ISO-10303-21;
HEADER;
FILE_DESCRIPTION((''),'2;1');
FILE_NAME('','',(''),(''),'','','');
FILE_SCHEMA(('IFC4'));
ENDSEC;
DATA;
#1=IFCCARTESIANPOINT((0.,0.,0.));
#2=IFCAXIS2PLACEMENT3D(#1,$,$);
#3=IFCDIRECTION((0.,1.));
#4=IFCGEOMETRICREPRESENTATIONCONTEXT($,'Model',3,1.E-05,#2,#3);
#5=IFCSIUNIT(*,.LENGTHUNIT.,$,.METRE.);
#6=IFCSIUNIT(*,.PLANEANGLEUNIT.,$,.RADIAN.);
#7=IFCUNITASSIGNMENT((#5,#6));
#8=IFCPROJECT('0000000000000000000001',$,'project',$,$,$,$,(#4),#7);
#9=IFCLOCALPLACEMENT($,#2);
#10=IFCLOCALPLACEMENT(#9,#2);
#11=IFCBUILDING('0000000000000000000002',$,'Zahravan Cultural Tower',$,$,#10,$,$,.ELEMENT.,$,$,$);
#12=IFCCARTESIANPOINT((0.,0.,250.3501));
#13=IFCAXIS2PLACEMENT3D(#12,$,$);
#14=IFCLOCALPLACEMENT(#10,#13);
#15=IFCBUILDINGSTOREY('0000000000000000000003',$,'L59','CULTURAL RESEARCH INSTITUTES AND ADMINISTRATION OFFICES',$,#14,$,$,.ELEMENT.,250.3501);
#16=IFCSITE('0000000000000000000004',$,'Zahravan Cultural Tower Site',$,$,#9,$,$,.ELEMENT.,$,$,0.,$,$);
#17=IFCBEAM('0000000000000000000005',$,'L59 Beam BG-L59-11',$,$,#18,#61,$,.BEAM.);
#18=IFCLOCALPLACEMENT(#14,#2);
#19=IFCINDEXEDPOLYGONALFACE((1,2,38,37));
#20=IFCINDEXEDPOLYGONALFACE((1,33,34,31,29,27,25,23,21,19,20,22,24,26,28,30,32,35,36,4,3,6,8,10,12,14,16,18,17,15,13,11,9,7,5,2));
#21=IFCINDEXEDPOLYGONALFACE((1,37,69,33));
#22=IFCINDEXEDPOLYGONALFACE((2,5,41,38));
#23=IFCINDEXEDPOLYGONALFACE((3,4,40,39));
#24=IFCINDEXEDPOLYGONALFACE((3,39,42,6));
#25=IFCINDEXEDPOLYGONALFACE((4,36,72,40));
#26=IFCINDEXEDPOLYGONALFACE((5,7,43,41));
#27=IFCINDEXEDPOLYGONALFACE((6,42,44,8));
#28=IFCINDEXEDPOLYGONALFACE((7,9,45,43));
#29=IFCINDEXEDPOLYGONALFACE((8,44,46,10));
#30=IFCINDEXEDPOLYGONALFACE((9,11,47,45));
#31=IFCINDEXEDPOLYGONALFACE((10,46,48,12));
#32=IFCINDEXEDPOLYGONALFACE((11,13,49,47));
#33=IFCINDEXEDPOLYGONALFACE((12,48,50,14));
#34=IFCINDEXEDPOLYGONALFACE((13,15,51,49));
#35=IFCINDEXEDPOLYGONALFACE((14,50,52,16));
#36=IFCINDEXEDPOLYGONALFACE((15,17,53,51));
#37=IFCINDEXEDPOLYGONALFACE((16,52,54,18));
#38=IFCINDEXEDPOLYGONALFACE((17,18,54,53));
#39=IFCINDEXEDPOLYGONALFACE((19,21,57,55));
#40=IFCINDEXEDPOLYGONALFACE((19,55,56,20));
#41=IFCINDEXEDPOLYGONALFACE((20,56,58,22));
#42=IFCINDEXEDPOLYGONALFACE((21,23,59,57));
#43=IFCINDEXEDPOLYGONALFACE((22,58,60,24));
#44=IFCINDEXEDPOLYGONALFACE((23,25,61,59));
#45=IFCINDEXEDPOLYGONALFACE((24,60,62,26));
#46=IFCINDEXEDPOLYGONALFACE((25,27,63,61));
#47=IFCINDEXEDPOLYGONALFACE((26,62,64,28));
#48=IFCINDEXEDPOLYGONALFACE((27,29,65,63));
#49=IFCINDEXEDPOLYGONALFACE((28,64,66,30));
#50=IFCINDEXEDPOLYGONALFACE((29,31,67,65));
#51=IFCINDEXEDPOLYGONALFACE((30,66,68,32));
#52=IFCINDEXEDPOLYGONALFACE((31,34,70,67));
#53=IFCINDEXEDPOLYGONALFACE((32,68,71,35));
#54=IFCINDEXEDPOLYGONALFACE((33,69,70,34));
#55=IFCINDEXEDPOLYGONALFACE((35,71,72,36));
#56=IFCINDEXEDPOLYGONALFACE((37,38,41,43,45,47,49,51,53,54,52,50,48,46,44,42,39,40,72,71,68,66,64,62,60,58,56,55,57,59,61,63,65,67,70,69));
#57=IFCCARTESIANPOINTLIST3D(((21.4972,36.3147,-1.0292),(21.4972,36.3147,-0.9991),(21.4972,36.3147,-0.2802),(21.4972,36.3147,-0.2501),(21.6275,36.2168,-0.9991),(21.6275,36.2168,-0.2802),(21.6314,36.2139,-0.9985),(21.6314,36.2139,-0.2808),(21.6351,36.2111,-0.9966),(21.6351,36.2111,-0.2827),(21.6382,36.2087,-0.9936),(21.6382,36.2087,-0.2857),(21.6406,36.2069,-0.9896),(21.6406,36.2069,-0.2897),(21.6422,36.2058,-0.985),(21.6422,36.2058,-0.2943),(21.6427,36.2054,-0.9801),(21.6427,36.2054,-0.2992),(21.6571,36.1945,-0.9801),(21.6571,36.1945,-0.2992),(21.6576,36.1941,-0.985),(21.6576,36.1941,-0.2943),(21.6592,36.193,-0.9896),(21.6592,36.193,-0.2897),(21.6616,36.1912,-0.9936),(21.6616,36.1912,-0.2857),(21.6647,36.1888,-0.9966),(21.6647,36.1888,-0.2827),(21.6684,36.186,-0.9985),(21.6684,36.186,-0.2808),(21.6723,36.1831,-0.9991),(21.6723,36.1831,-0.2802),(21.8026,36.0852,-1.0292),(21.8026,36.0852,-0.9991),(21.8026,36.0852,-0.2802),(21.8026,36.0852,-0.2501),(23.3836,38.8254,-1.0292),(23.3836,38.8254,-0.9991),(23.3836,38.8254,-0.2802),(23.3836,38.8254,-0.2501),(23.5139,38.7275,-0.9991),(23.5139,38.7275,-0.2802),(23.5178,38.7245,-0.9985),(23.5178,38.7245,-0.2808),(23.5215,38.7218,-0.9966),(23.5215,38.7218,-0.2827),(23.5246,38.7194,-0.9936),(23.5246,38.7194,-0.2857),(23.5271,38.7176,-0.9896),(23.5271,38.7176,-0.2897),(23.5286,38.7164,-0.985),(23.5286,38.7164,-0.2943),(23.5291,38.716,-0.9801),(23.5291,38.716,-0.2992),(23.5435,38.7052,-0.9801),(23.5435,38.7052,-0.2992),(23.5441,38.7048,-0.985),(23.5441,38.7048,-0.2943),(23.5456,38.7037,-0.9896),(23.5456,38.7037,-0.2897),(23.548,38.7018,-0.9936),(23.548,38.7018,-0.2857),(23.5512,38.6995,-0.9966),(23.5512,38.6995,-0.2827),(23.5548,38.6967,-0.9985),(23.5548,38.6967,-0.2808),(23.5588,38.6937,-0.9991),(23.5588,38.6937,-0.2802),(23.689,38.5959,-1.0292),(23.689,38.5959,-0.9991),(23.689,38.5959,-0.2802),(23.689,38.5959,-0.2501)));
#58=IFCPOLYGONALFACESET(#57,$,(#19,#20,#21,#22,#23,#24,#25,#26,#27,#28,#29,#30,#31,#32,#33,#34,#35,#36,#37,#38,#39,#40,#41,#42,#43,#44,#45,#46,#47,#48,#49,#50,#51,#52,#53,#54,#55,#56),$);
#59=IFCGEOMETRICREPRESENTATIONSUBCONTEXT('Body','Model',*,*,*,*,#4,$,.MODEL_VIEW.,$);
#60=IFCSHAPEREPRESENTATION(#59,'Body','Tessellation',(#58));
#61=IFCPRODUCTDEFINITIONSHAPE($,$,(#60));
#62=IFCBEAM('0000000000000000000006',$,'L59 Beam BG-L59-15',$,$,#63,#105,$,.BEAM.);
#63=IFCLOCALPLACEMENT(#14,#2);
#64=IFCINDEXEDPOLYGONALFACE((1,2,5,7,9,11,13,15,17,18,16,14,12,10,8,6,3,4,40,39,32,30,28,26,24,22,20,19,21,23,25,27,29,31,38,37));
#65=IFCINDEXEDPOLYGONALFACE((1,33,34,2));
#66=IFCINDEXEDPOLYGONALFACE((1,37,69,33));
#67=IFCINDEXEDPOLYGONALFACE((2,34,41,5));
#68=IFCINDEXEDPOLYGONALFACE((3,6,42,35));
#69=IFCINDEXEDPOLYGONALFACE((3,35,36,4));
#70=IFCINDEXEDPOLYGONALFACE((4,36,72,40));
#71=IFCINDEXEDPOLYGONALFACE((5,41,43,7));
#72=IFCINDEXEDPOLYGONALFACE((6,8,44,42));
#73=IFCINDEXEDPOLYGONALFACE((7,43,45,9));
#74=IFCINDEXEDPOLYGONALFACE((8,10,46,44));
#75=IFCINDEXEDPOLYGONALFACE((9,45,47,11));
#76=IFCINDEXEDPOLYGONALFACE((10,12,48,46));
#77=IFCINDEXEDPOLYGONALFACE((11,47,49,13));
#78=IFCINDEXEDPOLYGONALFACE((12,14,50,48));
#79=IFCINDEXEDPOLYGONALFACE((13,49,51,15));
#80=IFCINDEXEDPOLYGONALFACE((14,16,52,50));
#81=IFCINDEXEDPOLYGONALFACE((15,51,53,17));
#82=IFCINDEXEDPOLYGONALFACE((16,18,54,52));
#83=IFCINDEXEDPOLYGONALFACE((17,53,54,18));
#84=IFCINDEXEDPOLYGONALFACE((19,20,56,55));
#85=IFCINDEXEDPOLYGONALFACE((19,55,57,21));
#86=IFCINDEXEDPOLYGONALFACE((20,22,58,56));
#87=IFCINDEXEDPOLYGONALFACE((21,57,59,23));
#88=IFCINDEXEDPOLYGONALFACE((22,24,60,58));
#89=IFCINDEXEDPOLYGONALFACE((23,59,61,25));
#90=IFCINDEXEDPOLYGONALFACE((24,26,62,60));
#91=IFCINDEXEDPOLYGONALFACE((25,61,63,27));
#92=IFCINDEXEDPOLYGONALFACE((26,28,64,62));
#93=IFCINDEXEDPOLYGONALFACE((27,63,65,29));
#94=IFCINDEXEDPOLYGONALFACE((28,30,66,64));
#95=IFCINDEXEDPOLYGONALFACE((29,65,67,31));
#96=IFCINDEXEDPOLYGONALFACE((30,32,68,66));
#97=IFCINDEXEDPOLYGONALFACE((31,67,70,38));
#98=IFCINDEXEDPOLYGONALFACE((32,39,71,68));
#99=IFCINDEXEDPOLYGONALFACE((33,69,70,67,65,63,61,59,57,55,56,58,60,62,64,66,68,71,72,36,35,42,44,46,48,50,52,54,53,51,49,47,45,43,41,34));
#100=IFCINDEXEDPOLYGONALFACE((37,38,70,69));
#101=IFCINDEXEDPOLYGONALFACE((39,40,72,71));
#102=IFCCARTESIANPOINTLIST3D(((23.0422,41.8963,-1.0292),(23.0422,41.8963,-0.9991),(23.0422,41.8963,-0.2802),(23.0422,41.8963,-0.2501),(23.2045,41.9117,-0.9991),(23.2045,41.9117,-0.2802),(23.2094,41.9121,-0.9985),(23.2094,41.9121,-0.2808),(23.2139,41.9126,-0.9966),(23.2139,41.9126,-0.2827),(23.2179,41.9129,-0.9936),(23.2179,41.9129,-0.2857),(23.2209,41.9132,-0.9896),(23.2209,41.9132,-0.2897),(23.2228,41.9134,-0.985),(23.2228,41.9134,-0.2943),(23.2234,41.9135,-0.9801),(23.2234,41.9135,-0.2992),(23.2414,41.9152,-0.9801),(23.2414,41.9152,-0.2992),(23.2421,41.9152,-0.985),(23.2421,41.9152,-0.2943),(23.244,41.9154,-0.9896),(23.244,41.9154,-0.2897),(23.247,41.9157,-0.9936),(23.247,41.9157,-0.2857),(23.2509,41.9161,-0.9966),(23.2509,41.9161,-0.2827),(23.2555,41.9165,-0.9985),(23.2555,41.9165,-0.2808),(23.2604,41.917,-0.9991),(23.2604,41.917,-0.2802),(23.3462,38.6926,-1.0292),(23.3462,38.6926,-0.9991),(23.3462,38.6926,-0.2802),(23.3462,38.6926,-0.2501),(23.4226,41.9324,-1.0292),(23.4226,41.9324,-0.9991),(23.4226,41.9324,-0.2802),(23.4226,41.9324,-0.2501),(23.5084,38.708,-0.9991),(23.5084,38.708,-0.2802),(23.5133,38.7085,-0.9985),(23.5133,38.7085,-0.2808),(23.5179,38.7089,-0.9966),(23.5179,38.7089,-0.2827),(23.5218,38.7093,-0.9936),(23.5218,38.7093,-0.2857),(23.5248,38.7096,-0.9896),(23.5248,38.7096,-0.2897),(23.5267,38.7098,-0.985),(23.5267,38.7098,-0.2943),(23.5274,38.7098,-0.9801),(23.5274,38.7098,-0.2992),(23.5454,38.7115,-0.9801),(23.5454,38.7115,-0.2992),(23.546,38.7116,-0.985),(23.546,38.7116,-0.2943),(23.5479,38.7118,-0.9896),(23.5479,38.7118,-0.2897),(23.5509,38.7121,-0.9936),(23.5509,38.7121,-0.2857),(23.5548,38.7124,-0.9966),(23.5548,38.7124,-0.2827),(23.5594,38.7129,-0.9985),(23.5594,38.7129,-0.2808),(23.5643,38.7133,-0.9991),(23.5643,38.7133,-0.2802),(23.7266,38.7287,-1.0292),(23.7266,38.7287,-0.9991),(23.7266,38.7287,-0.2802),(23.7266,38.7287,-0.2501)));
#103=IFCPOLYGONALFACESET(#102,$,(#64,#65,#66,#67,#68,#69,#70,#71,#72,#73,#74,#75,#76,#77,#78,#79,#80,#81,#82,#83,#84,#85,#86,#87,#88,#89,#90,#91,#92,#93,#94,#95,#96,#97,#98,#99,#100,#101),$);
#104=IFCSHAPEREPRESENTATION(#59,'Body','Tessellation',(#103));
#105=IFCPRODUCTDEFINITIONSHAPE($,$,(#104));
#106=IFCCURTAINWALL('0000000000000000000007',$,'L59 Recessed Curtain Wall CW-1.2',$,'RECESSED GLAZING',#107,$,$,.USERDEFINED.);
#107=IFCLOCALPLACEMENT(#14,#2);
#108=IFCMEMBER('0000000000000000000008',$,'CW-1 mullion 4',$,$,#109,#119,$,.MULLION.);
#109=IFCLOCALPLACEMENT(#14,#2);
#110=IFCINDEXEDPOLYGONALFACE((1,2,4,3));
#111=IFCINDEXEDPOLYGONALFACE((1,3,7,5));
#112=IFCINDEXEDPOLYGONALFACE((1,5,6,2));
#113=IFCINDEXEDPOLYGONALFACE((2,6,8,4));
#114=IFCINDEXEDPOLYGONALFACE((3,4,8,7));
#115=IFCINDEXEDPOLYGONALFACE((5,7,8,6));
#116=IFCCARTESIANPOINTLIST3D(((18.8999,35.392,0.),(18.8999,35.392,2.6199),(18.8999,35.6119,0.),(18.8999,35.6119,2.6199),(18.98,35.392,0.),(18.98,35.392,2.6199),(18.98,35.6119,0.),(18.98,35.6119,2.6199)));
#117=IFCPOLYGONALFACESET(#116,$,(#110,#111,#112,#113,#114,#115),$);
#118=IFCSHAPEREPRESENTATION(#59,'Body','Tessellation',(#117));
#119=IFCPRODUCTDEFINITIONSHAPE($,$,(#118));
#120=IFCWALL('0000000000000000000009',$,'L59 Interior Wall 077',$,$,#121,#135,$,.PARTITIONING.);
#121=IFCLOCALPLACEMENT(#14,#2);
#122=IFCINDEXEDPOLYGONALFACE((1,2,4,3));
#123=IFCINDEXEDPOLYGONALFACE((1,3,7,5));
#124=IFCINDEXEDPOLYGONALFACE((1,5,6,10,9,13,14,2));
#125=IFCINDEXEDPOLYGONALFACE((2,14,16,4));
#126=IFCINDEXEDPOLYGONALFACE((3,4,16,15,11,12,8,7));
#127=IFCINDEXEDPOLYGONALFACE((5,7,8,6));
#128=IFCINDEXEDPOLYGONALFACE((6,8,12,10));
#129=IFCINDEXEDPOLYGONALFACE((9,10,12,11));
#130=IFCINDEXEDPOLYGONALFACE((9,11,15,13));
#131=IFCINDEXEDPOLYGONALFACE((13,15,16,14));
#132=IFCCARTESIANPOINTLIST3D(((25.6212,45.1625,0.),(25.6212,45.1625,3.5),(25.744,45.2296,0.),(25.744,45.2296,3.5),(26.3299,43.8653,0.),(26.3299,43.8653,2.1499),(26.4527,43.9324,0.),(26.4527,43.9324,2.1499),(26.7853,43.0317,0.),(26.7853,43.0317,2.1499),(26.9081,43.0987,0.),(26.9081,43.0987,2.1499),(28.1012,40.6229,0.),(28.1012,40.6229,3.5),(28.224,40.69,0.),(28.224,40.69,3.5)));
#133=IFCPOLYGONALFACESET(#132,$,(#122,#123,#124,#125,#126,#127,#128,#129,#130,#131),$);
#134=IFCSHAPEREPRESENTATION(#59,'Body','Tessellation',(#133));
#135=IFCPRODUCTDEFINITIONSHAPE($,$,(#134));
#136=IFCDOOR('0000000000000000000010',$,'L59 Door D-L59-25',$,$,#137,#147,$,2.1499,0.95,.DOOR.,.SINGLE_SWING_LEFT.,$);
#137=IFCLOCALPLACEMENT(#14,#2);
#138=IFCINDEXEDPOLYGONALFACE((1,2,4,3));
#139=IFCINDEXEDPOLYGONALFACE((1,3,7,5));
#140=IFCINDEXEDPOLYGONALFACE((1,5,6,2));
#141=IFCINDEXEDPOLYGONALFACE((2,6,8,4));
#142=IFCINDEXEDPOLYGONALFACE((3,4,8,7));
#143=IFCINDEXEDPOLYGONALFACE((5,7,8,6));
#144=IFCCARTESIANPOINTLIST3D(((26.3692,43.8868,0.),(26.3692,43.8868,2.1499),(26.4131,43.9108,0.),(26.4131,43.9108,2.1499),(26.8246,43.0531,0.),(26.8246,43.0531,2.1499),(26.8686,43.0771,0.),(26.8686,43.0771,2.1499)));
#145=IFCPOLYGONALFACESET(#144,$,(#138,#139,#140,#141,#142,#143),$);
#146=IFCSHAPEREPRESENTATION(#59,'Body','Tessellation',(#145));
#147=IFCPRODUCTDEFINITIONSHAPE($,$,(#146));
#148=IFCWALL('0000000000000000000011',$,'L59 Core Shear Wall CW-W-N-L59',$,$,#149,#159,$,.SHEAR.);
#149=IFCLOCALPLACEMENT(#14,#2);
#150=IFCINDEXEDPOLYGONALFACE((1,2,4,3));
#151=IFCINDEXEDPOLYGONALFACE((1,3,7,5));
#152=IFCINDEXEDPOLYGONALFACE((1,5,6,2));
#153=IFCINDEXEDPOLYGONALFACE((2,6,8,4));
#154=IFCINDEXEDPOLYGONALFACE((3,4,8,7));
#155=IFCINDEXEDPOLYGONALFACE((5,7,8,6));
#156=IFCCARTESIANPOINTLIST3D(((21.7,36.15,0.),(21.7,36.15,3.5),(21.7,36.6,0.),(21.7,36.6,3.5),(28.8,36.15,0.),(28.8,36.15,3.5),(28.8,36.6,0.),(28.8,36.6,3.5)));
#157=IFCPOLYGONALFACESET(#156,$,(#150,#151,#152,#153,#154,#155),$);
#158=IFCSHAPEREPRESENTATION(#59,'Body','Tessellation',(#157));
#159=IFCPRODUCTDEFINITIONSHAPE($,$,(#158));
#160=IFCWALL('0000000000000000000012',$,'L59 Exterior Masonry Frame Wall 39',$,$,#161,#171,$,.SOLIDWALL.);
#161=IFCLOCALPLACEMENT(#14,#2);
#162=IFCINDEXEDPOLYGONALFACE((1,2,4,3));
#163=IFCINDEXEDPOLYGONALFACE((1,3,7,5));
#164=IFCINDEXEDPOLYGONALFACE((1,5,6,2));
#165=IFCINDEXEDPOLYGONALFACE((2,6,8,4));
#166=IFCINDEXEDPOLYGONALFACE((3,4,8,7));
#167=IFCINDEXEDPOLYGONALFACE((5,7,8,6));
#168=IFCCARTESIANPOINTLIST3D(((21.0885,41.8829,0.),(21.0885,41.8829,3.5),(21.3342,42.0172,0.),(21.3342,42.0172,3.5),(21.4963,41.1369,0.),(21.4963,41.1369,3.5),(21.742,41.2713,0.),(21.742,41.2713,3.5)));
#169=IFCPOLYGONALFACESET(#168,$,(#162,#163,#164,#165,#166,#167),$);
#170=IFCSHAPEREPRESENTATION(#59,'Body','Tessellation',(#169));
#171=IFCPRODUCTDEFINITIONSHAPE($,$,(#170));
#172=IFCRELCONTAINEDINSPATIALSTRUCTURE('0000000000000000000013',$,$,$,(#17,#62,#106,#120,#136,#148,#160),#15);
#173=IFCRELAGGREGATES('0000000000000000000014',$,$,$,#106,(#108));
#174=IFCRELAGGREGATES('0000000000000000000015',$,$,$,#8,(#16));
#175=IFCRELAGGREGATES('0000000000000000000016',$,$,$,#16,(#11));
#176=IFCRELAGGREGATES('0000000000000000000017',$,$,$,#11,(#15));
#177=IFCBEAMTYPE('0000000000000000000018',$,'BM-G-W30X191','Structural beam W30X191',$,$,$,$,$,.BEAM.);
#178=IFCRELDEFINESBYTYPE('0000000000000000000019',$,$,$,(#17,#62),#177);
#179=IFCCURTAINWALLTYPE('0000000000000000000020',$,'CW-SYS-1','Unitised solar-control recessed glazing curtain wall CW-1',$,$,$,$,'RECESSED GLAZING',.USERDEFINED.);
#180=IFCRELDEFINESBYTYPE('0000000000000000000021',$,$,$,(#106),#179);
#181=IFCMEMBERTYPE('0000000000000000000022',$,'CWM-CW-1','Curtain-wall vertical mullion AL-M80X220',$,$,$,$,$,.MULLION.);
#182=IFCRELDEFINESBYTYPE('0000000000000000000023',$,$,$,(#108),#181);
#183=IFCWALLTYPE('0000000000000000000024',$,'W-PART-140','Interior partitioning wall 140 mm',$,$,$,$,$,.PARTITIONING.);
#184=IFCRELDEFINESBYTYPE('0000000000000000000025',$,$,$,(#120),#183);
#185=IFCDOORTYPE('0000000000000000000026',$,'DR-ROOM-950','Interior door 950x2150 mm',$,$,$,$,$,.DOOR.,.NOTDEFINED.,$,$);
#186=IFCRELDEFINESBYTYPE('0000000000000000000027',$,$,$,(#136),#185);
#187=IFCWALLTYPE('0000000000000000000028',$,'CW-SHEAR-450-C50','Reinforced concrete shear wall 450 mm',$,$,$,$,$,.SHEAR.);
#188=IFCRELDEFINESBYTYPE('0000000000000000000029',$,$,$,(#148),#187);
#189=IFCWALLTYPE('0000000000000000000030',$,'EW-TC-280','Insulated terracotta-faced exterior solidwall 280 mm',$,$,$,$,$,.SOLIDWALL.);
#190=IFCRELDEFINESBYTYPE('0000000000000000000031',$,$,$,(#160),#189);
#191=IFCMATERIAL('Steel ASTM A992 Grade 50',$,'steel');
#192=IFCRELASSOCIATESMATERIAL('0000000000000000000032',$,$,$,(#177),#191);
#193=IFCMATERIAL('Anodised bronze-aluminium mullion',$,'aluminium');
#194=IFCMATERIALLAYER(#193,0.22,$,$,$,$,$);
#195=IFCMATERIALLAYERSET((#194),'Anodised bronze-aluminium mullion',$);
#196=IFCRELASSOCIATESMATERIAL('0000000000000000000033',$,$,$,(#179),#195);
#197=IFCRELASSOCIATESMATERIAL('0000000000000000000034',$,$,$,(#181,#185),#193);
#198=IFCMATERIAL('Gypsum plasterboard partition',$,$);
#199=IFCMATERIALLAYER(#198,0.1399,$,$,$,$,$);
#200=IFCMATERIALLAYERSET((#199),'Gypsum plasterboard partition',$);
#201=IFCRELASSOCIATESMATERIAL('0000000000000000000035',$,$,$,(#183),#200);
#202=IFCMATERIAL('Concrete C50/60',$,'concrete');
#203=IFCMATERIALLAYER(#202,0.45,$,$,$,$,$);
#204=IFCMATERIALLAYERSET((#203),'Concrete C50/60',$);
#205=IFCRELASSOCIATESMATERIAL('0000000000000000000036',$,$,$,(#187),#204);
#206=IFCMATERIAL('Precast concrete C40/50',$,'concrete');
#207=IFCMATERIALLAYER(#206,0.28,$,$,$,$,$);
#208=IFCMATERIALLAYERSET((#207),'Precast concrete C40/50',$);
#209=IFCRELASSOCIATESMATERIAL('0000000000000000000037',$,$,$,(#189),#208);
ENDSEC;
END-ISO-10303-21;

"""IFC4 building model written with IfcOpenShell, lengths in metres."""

from ifc_helpers import new_model, si_unit, direction, frame, frame_2d, origin, origin_2d, place, context, subcontext, project, spatial, rectangle, i_section, extrude, source, transform, mapped, material, layer, layer_set, material_profile, profile_set, type_object, element, fill, aggregate, save


model = new_model("IFC4")

# Units and contexts
model_context = context("Model", 3, precision=1e-05, world=origin(), true_north=direction((0.0, 1.0)))
body_context = subcontext(model_context, "Body", "Model", "MODEL_VIEW")
ifc_project = project(units=[si_unit("LENGTHUNIT", "METRE"), si_unit("PLANEANGLEUNIT", "RADIAN")], contexts=[model_context])

# Site, building, storey
site_placement = place(None, origin())
site = spatial("IfcSite", under=ifc_project, at=site_placement, Name="Zahravan Cultural Tower Site", CompositionType="ELEMENT", RefElevation=0.0)
building_placement = place(site_placement, origin())
building = spatial("IfcBuilding", under=site, at=building_placement, Name="Zahravan Cultural Tower", CompositionType="ELEMENT")
storey_placement = place(building_placement, frame((0.0, 0.0, 250.3501)))
storey = spatial("IfcBuildingStorey", under=building, at=storey_placement, Name="L59", Description="CULTURAL RESEARCH INSTITUTES AND ADMINISTRATION OFFICES", CompositionType="ELEMENT", Elevation=250.3501)

# Shared definitions
ifc_material_1 = material(Name="Concrete C50/60", Category="concrete")
ifc_material_2 = material(Name="Steel ASTM A992 Grade 50", Category="steel")

# Beams
ifc_material_profile_1 = material_profile(ifc_material_2, i_section(OverallWidth=0.3821, OverallDepth=0.7791, WebThickness=0.0181, FlangeThickness=0.03, FilletRadius=0.019, at=origin_2d()), Name="W30X191")
ifc_profile_set_1 = profile_set([ifc_material_profile_1], Name="Steel ASTM A992 Grade 50")
beam_type_1 = type_object("IfcBeamType", Name="BM-G-W30X191", Description="Structural beam W30X191", PredefinedType="BEAM", material=ifc_profile_set_1)
shared_shape_1 = source(origin(), body_context, "Body", "SweptSolid", [
    extrude(i_section(OverallWidth=0.3821, OverallDepth=0.7791, WebThickness=0.0181, FlangeThickness=0.03, FilletRadius=0.019, at=origin_2d()), origin(), (0.0, 0.0, 1.0), 3.1404),
])
beam_1_placement = place(storey_placement, frame((21.6499, 36.2, -0.6396), z_axis=(0.600696, 0.799477, 0.0), x_axis=(-0.799477, 0.600696, 0.0)))
element("IfcBeam", 1, at=beam_1_placement, inside=storey, type_object=beam_type_1, Name="L59 Beam BG-L59-11", PredefinedType="BEAM", context=body_context, shape_type="MappedRepresentation", body=[
    mapped(shared_shape_1, transform((0.0, 0.0, 0.0), x_axis=(1.0, 0.0, 0.0), y_axis=(0.0, 1.0, 0.0), z_axis=(0.0, 0.0, 1.0), scale=1.0)),
])
shared_shape_2 = source(origin(), body_context, "Body", "SweptSolid", [
    extrude(i_section(OverallWidth=0.3821, OverallDepth=0.7791, WebThickness=0.0181, FlangeThickness=0.03, FilletRadius=0.019, at=origin_2d()), origin(), (0.0, 0.0, 1.0), 3.218),
])
beam_2_placement = place(storey_placement, frame((23.5364, 38.7107, -0.6396), z_axis=(-0.094455, 0.995529, 0.0), x_axis=(-0.995529, -0.094455, 0.0)))
element("IfcBeam", 2, at=beam_2_placement, inside=storey, type_object=beam_type_1, Name="L59 Beam BG-L59-15", PredefinedType="BEAM", context=body_context, shape_type="MappedRepresentation", body=[
    mapped(shared_shape_2, transform((0.0, 0.0, 0.0), x_axis=(1.0, 0.0, 0.0), y_axis=(0.0, 1.0, 0.0), z_axis=(0.0, 0.0, 1.0), scale=1.0)),
])

# Curtain wall, member
ifc_material_3 = material(Name="Anodised bronze-aluminium mullion", Category="aluminium")
ifc_layer_1 = layer(ifc_material_3, 0.22)
ifc_layer_set_1 = layer_set([ifc_layer_1], Name="Anodised bronze-aluminium mullion")
curtain_wall_type = type_object("IfcCurtainWallType", Name="CW-SYS-1", Description="Unitised solar-control recessed glazing curtain wall CW-1", ElementType="RECESSED GLAZING", PredefinedType="USERDEFINED", material=ifc_layer_set_1)
curtain_wall_placement = place(storey_placement, origin())
curtain_wall = element("IfcCurtainWall", 3, at=curtain_wall_placement, inside=storey, type_object=curtain_wall_type, Name="L59 Recessed Curtain Wall CW-1.2", ObjectType="RECESSED GLAZING", PredefinedType="USERDEFINED")
ifc_material_profile_2 = material_profile(ifc_material_3, rectangle(XDim=0.0801, YDim=0.22, at=origin_2d()), Name="AL-M80X220")
ifc_profile_set_2 = profile_set([ifc_material_profile_2], Name="Anodised bronze-aluminium mullion")
member_type = type_object("IfcMemberType", Name="CWM-CW-1", Description="Curtain-wall vertical mullion AL-M80X220", PredefinedType="MULLION", material=ifc_profile_set_2)
shared_shape_3 = source(origin(), body_context, "Body", "SweptSolid", [
    extrude(rectangle(XDim=0.0801, YDim=0.22, at=origin_2d()), origin(), (0.0, 0.0, 1.0), 2.6199),
])
member_placement = place(storey_placement, frame((18.9399, 35.502, 0.0), z_axis=(0.0, 0.0, 1.0), x_axis=(-1.0, 0.0, 0.0)))
member = element("IfcMember", 4, at=member_placement, type_object=member_type, Name="CW-1 mullion 4", PredefinedType="MULLION", context=body_context, shape_type="MappedRepresentation", body=[
    mapped(shared_shape_3, transform((0.0, 0.0, 0.0), x_axis=(1.0, 0.0, 0.0), y_axis=(0.0, 1.0, 0.0), z_axis=(0.0, 0.0, 1.0), scale=1.0)),
])
aggregate(curtain_wall, [member])

# Wall, opening, door
ifc_material_4 = material(Name="Gypsum plasterboard partition")
ifc_layer_2 = layer(ifc_material_4, 0.1399)
ifc_layer_set_2 = layer_set([ifc_layer_2], Name="Gypsum plasterboard partition")
wall_type_1 = type_object("IfcWallType", Name="W-PART-140", Description="Interior partitioning wall 140 mm", PredefinedType="PARTITIONING", material=ifc_layer_set_2)
wall_1_placement = place(storey_placement, frame((25.6826, 45.196, 0.0), z_axis=(0.0, 0.0, 1.0), x_axis=(0.479427, -0.877582, 0.0)))
wall_1 = element("IfcWall", 5, at=wall_1_placement, inside=storey, type_object=wall_type_1, Name="L59 Interior Wall 077", PredefinedType="PARTITIONING", context=body_context, shape_type="SweptSolid", body=[
    extrude(rectangle(XDim=5.1729, YDim=0.1399, at=frame_2d((2.5864, 0.0))), origin(), (0.0, 0.0, 1.0), 3.5),
])
opening_placement = place(wall_1_placement, frame((1.478, 0.0, 0.0)))
opening = element("IfcOpeningElement", 6, at=opening_placement, cuts=wall_1, PredefinedType="OPENING", context=body_context, shape_type="SweptSolid", body=[
    extrude(rectangle(XDim=0.95, YDim=2.1499, at=frame_2d((0.4751, 1.075))), frame((0.0, 0.0798, 0.0), z_axis=(0.0, -1.0, 0.0), x_axis=(1.0, 0.0, 0.0)), (0.0, 0.0, 1.0), 0.1599),
])
door_type = type_object("IfcDoorType", Name="DR-ROOM-950", Description="Interior door 950x2150 mm", OperationType="NOTDEFINED", PredefinedType="DOOR", material=ifc_material_3)
shared_shape_4 = source(origin(), body_context, "Body", "SweptSolid", [
    extrude(rectangle(XDim=0.95, YDim=2.1499, at=frame_2d((0.4751, 1.075))), frame((0.0, 0.0249, 0.0), z_axis=(0.0, -1.0, 0.0), x_axis=(1.0, 0.0, 0.0)), (0.0, 0.0, 1.0), 0.05),
])
door_placement = place(opening_placement, origin())
door = element("IfcDoor", 7, at=door_placement, inside=storey, type_object=door_type, Name="L59 Door D-L59-25", OperationType="SINGLE_SWING_LEFT", OverallHeight=2.1499, OverallWidth=0.95, PredefinedType="DOOR", context=body_context, shape_type="MappedRepresentation", body=[
    mapped(shared_shape_4, transform((0.0, 0.0, 0.0), x_axis=(1.0, 0.0, 0.0), y_axis=(0.0, 1.0, 0.0), z_axis=(0.0, 0.0, 1.0), scale=1.0)),
])
fill(opening, door)

# Walls
ifc_layer_3 = layer(ifc_material_1, 0.45)
ifc_layer_set_3 = layer_set([ifc_layer_3], Name="Concrete C50/60")
wall_type_2 = type_object("IfcWallType", Name="CW-SHEAR-450-C50", Description="Reinforced concrete shear wall 450 mm", PredefinedType="SHEAR", material=ifc_layer_set_3)
shared_shape_5 = source(origin(), body_context, "Body", "SweptSolid", [
    extrude(rectangle(XDim=7.1001, YDim=0.45, at=frame_2d((3.55, 0.0))), origin(), (0.0, 0.0, 1.0), 3.5),
])
wall_2_placement = place(storey_placement, frame((21.7, 36.375, 0.0), z_axis=(0.0, 0.0, 1.0), x_axis=(1.0, 0.0, 0.0)))
element("IfcWall", 8, at=wall_2_placement, inside=storey, type_object=wall_type_2, Name="L59 Core Shear Wall CW-W-N-L59", PredefinedType="SHEAR", context=body_context, shape_type="MappedRepresentation", body=[
    mapped(shared_shape_5, transform((0.0, 0.0, 0.0), x_axis=(1.0, 0.0, 0.0), y_axis=(0.0, 1.0, 0.0), z_axis=(0.0, 0.0, 1.0), scale=1.0)),
])
ifc_material_5 = material(Name="Precast concrete C40/50", Category="concrete")
ifc_layer_4 = layer(ifc_material_5, 0.28)
ifc_layer_set_4 = layer_set([ifc_layer_4], Name="Precast concrete C40/50")
wall_type_3 = type_object("IfcWallType", Name="EW-TC-280", Description="Insulated terracotta-faced exterior solidwall 280 mm", PredefinedType="SOLIDWALL", material=ifc_layer_set_4)
shared_shape_6 = source(origin(), body_context, "Body", "SweptSolid", [
    extrude(rectangle(XDim=0.8501, YDim=0.28, at=frame_2d((0.425, 0.0))), origin(), (0.0, 0.0, 1.0), 3.5),
])
for number, where, z_axis, x_axis, name in (
    (9, (21.6191, 41.2041, 0.0), (0.0, 0.0, 1.0), (-0.479657, 0.877456, 0.0), "L59 Exterior Masonry Frame Wall 39"),
):
    element("IfcWall", number, at=place(storey_placement, frame(where, z_axis=z_axis, x_axis=x_axis)), inside=storey, type_object=wall_type_3, Name=name, PredefinedType="SOLIDWALL", context=body_context, shape_type="MappedRepresentation", body=[
        mapped(shared_shape_6, transform((0.0, 0.0, 0.0), x_axis=(1.0, 0.0, 0.0), y_axis=(0.0, 1.0, 0.0), z_axis=(0.0, 0.0, 1.0), scale=1.0)),
    ])

save(model, "model.ifc")
